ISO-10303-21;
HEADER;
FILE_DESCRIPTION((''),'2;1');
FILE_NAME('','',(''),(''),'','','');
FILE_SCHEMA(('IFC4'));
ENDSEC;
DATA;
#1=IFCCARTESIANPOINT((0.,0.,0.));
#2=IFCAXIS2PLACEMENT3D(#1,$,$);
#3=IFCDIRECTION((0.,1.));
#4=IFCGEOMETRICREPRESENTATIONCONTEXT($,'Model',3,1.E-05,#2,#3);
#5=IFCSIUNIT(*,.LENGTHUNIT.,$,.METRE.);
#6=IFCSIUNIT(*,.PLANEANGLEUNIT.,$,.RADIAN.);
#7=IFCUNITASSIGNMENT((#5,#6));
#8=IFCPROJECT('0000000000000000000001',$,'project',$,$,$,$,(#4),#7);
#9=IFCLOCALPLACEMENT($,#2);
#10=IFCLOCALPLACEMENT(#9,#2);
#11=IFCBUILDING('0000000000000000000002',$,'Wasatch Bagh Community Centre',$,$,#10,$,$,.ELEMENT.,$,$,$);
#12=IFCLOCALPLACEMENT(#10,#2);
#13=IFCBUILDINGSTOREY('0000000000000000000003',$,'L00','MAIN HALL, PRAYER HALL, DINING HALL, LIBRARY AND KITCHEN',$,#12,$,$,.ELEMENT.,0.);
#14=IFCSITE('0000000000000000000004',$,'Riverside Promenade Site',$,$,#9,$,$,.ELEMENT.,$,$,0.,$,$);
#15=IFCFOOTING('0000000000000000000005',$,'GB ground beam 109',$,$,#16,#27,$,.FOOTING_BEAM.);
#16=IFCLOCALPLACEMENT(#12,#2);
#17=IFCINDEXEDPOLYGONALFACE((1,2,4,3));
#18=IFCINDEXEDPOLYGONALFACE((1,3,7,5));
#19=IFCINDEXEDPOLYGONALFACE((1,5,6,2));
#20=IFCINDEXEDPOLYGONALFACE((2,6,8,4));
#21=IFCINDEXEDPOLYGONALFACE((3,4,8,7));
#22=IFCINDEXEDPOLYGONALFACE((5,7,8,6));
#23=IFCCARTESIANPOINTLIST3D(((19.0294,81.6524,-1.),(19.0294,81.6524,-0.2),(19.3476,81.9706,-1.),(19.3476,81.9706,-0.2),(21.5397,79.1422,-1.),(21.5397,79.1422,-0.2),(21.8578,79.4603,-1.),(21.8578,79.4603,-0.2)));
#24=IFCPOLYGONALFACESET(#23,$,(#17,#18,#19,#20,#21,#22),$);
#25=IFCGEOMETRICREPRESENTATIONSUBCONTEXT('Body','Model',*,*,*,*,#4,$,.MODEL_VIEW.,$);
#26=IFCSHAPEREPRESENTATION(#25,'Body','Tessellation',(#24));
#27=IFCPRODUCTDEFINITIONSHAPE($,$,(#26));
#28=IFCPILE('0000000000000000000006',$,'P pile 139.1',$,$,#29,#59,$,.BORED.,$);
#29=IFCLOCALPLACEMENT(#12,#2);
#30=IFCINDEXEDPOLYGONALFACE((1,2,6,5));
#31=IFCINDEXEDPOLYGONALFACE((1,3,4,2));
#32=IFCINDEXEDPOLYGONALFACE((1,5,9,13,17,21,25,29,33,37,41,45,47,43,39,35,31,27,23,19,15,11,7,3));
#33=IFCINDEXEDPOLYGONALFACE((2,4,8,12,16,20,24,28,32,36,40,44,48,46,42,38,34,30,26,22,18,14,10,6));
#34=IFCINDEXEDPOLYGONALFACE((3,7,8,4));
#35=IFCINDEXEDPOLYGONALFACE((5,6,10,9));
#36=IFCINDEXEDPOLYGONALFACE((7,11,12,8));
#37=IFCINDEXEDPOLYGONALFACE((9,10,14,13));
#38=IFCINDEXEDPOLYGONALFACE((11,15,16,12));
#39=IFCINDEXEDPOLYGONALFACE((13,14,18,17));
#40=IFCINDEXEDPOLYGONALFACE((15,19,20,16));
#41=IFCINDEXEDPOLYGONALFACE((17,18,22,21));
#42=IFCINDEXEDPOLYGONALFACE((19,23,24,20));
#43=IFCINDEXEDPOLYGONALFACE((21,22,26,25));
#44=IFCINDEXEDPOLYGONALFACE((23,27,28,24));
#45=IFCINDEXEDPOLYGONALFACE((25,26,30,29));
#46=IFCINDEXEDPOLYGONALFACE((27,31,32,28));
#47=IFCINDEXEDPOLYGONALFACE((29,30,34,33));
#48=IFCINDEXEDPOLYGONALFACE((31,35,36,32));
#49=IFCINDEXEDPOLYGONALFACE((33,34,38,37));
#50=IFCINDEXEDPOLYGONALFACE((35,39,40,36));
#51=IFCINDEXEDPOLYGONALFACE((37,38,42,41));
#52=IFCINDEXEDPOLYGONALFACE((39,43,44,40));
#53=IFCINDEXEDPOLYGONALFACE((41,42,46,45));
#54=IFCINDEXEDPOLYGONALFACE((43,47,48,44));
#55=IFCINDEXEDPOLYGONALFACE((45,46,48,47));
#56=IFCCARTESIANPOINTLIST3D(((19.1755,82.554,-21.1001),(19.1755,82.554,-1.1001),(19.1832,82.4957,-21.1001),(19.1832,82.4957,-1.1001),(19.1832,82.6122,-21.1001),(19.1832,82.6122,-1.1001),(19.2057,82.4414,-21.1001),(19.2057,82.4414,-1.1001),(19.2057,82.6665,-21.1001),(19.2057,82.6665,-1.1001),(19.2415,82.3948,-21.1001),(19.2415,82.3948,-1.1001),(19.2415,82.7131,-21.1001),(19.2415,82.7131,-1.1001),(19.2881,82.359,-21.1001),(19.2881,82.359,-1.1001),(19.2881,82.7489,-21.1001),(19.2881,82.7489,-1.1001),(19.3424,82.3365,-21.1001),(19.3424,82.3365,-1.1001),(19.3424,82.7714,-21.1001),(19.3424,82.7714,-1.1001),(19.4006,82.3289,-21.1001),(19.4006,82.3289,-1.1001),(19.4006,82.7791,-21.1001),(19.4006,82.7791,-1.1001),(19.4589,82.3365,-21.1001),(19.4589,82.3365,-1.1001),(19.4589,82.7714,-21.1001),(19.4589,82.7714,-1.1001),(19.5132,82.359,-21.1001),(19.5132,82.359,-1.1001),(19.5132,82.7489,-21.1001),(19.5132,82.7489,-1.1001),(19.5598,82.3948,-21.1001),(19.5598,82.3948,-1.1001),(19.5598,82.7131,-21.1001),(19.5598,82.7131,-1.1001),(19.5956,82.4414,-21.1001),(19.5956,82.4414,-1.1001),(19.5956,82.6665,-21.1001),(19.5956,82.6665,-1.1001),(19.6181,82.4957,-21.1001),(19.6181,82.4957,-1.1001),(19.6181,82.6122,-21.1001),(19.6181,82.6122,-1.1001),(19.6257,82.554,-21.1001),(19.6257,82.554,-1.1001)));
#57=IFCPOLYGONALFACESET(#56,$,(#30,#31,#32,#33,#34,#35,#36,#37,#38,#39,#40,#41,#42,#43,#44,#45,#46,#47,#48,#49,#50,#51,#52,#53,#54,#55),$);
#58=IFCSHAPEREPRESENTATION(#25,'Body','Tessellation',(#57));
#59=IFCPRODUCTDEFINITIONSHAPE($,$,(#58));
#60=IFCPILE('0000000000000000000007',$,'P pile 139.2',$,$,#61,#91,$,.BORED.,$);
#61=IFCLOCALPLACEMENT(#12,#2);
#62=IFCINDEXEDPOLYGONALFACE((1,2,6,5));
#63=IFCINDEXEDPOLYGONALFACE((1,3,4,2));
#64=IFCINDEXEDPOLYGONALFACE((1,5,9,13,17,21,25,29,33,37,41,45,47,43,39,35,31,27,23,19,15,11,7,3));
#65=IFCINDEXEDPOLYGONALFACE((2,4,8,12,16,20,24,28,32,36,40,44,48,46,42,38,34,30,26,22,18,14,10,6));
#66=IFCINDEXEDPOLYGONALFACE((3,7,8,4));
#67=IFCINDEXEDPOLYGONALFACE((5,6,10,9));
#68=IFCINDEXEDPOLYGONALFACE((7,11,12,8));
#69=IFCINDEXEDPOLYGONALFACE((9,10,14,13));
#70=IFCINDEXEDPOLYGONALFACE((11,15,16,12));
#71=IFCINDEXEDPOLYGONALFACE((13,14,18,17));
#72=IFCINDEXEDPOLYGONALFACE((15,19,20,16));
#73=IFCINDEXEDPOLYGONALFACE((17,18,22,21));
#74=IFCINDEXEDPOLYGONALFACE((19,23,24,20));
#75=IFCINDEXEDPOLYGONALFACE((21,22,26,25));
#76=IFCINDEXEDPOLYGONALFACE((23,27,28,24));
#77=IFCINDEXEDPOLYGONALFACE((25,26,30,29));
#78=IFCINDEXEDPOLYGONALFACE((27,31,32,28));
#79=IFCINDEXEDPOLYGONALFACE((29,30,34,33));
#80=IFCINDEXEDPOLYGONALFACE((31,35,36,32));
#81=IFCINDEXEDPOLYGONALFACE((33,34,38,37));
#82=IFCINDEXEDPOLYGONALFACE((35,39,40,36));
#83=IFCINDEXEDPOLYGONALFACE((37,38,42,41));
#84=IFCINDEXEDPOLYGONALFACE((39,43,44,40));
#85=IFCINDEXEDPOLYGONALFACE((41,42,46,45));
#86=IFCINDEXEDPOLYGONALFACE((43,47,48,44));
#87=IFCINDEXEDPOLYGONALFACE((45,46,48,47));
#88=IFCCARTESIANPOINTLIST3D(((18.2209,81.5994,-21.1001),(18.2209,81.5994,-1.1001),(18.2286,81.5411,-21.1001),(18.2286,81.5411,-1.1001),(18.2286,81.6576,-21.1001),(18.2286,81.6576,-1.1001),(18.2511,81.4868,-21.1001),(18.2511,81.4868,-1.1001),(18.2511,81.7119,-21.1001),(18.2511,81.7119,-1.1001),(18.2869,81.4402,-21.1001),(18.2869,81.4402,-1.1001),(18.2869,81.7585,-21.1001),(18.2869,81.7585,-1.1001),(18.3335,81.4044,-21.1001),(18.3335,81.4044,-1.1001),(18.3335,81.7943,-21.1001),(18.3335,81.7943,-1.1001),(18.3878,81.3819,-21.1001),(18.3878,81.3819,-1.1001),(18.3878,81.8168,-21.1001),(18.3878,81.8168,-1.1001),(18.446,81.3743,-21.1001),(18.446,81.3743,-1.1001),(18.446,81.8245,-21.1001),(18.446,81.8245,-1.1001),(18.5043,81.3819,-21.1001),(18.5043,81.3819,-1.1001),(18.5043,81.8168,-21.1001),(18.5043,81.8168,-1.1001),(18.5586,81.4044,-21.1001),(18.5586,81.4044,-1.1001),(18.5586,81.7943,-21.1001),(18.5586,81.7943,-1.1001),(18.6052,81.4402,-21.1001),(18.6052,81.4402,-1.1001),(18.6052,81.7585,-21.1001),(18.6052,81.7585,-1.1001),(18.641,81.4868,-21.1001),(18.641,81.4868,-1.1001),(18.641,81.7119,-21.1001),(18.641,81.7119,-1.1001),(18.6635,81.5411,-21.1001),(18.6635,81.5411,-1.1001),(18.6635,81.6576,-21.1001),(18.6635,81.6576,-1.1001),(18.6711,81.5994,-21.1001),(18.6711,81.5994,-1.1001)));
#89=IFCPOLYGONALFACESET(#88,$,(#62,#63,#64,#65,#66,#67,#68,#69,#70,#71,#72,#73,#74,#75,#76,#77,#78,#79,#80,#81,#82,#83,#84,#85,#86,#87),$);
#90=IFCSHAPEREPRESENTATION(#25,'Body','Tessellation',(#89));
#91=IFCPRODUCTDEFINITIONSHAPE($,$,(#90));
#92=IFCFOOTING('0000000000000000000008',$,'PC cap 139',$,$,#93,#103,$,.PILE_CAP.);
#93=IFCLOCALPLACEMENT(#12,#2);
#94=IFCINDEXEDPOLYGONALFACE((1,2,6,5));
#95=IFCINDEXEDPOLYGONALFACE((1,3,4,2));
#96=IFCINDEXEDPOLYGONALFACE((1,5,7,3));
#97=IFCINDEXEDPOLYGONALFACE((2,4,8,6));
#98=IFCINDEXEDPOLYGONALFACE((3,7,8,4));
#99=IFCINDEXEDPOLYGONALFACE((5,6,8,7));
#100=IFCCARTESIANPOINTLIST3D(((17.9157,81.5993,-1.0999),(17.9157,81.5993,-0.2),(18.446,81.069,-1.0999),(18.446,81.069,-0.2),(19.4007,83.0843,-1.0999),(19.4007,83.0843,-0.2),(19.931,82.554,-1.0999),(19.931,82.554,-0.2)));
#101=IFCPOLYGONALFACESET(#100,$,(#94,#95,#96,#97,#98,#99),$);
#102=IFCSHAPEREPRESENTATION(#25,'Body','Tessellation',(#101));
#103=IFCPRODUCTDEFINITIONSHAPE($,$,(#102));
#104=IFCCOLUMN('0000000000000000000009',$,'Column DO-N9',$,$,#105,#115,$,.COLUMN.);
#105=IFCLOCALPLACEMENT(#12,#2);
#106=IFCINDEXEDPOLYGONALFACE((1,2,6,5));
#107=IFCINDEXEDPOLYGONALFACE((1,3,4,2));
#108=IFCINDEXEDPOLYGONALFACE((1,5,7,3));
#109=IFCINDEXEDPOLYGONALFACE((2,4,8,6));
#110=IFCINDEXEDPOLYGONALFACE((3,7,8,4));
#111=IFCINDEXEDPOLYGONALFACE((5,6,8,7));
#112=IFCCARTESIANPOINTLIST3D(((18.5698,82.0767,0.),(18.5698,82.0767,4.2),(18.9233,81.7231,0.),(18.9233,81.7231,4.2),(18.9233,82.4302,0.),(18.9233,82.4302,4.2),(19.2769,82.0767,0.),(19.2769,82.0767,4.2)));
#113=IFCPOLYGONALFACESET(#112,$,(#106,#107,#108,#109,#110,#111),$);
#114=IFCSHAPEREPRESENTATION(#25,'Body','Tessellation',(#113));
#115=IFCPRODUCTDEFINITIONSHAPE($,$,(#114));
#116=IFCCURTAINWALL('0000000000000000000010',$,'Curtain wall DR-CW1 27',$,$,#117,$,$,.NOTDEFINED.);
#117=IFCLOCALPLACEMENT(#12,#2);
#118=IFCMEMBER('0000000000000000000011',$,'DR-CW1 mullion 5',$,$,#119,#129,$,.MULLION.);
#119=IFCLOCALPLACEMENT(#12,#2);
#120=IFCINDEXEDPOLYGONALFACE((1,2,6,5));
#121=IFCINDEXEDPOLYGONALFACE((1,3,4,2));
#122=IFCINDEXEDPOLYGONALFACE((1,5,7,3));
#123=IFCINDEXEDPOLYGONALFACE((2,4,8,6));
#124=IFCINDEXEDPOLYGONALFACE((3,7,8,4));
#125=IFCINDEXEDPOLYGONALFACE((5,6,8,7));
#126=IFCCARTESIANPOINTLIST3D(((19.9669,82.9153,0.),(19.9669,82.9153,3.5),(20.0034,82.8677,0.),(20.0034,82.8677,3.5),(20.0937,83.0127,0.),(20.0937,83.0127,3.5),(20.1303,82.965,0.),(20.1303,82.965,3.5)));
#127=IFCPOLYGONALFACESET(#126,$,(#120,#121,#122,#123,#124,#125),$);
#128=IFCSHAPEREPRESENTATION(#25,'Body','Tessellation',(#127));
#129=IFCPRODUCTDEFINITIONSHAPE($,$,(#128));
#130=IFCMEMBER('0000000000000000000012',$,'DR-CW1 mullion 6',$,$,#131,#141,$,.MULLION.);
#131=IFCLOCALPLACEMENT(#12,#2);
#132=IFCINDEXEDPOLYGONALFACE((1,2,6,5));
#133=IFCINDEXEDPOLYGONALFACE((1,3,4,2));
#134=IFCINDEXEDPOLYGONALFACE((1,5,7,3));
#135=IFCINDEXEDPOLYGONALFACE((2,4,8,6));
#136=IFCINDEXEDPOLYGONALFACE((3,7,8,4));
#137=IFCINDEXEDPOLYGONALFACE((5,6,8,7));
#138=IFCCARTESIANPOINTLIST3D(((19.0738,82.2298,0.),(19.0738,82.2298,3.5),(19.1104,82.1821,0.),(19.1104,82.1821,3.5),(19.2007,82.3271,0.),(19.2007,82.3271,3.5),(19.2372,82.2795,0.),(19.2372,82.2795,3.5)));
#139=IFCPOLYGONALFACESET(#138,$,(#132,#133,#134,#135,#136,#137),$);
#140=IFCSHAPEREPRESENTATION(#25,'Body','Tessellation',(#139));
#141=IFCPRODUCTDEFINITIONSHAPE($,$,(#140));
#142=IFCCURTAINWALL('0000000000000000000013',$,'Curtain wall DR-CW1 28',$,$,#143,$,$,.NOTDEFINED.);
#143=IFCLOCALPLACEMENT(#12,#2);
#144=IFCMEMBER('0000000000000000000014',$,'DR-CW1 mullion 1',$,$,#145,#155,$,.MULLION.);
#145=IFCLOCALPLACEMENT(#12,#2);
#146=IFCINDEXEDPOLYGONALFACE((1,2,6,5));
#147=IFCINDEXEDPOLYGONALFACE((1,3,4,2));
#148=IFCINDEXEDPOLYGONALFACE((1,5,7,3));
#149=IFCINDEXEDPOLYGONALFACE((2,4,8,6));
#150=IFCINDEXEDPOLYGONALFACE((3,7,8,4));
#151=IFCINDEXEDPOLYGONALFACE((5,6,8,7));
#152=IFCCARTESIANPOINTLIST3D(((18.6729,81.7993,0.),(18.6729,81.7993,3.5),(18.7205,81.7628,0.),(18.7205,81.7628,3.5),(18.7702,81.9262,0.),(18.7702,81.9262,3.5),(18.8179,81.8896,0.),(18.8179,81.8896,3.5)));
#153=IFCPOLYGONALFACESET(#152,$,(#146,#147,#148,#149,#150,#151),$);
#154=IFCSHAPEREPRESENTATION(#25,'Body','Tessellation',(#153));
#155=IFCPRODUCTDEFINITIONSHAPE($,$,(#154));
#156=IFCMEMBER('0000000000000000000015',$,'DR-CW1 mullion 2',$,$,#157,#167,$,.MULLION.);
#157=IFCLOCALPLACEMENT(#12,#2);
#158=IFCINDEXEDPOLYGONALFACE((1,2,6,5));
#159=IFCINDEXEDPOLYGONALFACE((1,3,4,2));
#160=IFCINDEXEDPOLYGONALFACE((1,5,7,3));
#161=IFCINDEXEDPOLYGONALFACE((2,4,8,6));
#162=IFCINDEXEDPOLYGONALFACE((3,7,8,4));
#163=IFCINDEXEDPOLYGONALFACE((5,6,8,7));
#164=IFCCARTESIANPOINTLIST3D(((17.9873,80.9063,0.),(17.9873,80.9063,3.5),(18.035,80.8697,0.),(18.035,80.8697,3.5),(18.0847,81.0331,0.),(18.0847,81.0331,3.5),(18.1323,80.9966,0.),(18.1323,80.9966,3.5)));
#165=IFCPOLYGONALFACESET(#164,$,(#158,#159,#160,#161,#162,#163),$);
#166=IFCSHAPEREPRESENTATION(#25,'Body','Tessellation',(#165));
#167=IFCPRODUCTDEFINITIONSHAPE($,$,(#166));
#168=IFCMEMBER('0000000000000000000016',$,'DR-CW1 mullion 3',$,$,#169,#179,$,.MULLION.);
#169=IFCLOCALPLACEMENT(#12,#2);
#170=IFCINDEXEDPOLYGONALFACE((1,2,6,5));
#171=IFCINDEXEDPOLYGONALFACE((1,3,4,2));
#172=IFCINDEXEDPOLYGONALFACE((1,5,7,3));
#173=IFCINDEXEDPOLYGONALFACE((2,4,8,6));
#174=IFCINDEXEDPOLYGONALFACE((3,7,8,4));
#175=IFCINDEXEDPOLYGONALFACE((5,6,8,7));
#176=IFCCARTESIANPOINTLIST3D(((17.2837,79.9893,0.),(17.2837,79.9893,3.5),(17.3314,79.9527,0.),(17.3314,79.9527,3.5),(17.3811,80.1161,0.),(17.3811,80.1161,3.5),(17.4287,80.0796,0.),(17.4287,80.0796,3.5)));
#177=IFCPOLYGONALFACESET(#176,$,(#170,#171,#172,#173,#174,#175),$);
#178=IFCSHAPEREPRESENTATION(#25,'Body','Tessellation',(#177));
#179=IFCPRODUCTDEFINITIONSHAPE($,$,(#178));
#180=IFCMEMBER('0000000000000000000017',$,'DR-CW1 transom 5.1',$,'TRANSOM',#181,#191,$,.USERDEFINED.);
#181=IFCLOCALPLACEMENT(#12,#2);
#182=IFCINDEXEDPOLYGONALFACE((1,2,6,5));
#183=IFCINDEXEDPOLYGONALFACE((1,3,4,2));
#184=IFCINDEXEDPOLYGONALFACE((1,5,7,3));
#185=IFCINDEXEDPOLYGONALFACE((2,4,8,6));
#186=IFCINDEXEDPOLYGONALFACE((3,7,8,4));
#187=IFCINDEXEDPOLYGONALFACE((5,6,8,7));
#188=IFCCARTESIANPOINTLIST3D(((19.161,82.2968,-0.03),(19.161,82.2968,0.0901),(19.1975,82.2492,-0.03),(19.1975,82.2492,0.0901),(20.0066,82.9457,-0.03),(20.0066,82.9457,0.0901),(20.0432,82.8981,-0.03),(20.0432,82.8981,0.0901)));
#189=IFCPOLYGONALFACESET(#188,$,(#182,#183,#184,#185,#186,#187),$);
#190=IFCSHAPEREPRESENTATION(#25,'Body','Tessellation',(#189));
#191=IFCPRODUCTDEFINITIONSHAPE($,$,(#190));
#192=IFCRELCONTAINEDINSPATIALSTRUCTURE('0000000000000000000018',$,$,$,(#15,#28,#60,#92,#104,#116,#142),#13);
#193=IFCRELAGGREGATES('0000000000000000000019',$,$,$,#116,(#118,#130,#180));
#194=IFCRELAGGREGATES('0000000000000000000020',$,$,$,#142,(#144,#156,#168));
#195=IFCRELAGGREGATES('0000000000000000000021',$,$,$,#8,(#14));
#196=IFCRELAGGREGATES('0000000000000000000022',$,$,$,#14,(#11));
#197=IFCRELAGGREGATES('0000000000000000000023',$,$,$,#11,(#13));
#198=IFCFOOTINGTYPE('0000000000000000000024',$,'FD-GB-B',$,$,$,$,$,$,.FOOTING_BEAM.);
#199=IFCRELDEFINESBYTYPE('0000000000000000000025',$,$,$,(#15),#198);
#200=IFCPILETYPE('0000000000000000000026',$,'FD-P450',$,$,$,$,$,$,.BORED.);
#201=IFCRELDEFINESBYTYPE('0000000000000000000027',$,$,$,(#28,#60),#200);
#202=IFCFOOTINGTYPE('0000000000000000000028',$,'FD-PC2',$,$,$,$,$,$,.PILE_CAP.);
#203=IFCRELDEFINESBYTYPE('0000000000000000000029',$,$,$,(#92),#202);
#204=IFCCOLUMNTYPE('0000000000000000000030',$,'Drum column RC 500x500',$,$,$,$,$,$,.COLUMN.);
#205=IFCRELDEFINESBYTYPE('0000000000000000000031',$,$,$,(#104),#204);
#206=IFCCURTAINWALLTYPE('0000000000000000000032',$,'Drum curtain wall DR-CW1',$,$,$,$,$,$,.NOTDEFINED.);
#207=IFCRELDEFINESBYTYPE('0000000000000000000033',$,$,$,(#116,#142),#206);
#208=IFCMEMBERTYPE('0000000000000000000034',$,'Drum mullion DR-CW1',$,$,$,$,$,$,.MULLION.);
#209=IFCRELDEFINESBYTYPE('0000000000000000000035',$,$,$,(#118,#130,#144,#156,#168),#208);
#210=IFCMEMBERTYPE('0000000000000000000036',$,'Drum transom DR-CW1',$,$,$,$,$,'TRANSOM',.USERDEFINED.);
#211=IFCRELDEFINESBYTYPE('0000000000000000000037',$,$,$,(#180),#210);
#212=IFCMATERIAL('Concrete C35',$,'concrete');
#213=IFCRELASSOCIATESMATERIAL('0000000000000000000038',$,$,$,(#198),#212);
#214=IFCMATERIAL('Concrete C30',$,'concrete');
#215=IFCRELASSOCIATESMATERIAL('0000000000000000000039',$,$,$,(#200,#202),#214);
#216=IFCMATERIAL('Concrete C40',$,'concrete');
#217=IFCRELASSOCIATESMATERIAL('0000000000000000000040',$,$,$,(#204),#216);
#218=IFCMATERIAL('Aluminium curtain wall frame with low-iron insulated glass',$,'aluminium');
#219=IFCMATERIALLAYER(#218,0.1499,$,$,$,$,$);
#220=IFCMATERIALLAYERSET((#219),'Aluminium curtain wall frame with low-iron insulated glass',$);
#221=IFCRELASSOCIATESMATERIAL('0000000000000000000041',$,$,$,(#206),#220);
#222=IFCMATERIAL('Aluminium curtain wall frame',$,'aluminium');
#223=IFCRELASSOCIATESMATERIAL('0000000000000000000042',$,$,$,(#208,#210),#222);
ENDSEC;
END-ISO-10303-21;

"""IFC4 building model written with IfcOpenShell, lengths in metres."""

from ifc_helpers import new_model, si_unit, direction, frame, origin, origin_2d, place, context, subcontext, project, spatial, rectangle, circle, extrude, material, layer, layer_set, material_profile, profile_set, type_object, element, aggregate, save


model = new_model("IFC4")

# Units and contexts
model_context = context("Model", 3, precision=1e-05, world=origin(), true_north=direction((0.0, 1.0)))
body_context = subcontext(model_context, "Body", "Model", "MODEL_VIEW")
ifc_project = project(units=[si_unit("LENGTHUNIT", "METRE"), si_unit("PLANEANGLEUNIT", "RADIAN")], contexts=[model_context])

# Site, building, storey
site_placement = place(None, origin())
site = spatial("IfcSite", under=ifc_project, at=site_placement, Name="Riverside Promenade Site", CompositionType="ELEMENT", RefElevation=0.0)
building_placement = place(site_placement, origin())
building = spatial("IfcBuilding", under=site, at=building_placement, Name="Wasatch Bagh Community Centre", CompositionType="ELEMENT")
storey_placement = place(building_placement, origin())
storey = spatial("IfcBuildingStorey", under=building, at=storey_placement, Name="L00", Description="MAIN HALL, PRAYER HALL, DINING HALL, LIBRARY AND KITCHEN", CompositionType="ELEMENT", Elevation=0.0)

# Footing
ifc_material_1 = material(Name="Concrete C35", Category="concrete")
footing_type_1 = type_object("IfcFootingType", Name="FD-GB-B", PredefinedType="FOOTING_BEAM", material=ifc_material_1)
footing_1_placement = place(storey_placement, frame((20.4436, 80.5564, -1.0), z_axis=(0.0, 0.0, 1.0), x_axis=(-0.707107, 0.707107, 0.0)))
element("IfcFooting", 1, at=footing_1_placement, inside=storey, type_object=footing_type_1, Name="GB ground beam 109", PredefinedType="FOOTING_BEAM", context=body_context, shape_type="SweptSolid", body=[
    extrude(rectangle(XDim=3.55, YDim=0.45, at=origin_2d()), origin(), (0.0, 0.0, 1.0), 0.8),
])

# Piles
ifc_material_2 = material(Name="Concrete C30", Category="concrete")
ifc_material_profile_1 = material_profile(ifc_material_2, circle(Radius=0.2251, at=origin_2d()), Name="RC D450")
ifc_profile_set_1 = profile_set([ifc_material_profile_1], Name="Concrete C30")
pile_type = type_object("IfcPileType", Name="FD-P450", PredefinedType="BORED", material=ifc_profile_set_1)
for number, where, z_axis, x_axis, name in (
    (2, (19.4006, 82.554, -1.1001), (0.0, 0.0, -1.0), (1.0, 0.0, 0.0), "P pile 139.1"),
    (3, (18.446, 81.5994, -1.1001), (0.0, 0.0, -1.0), (1.0, 0.0, 0.0), "P pile 139.2"),
):
    element("IfcPile", number, at=place(storey_placement, frame(where, z_axis=z_axis, x_axis=x_axis)), inside=storey, type_object=pile_type, Name=name, PredefinedType="BORED", context=body_context, shape_type="SweptSolid", body=[
        extrude(circle(Radius=0.2251, at=origin_2d()), origin(), (0.0, 0.0, 1.0), 20.0),
    ])

# Footing
footing_type_2 = type_object("IfcFootingType", Name="FD-PC2", PredefinedType="PILE_CAP", material=ifc_material_2)
footing_2_placement = place(storey_placement, frame((18.9233, 82.0767, -1.0999), z_axis=(0.0, 0.0, 1.0), x_axis=(-0.707107, -0.707107, 0.0)))
element("IfcFooting", 4, at=footing_2_placement, inside=storey, type_object=footing_type_2, Name="PC cap 139", PredefinedType="PILE_CAP", context=body_context, shape_type="SweptSolid", body=[
    extrude(rectangle(XDim=2.1001, YDim=0.75, at=origin_2d()), origin(), (0.0, 0.0, 1.0), 0.8999),
])

# Column
ifc_material_3 = material(Name="Concrete C40", Category="concrete")
ifc_material_profile_2 = material_profile(ifc_material_3, rectangle(XDim=0.5, YDim=0.5, at=origin_2d()), Name="RC 500x500")
ifc_profile_set_2 = profile_set([ifc_material_profile_2], Name="Concrete C40")
column_type = type_object("IfcColumnType", Name="Drum column RC 500x500", PredefinedType="COLUMN", material=ifc_profile_set_2)
column_placement = place(storey_placement, frame((18.9233, 82.0767, 0.0), z_axis=(0.0, 0.0, 1.0), x_axis=(0.707107, 0.707107, 0.0)))
element("IfcColumn", 5, at=column_placement, inside=storey, type_object=column_type, Name="Column DO-N9", PredefinedType="COLUMN", context=body_context, shape_type="SweptSolid", body=[
    extrude(rectangle(XDim=0.5, YDim=0.5, at=origin_2d()), origin(), (0.0, 0.0, 1.0), 4.2),
])

# Curtain walls, members
ifc_material_4 = material(Name="Aluminium curtain wall frame with low-iron insulated glass", Category="aluminium")
ifc_layer_1 = layer(ifc_material_4, 0.1499)
ifc_layer_set_1 = layer_set([ifc_layer_1], Name="Aluminium curtain wall frame with low-iron insulated glass")
curtain_wall_type = type_object("IfcCurtainWallType", Name="Drum curtain wall DR-CW1", PredefinedType="NOTDEFINED", material=ifc_layer_set_1)
curtain_wall_1_placement = place(storey_placement, origin())
curtain_wall_1 = element("IfcCurtainWall", 6, at=curtain_wall_1_placement, inside=storey, type_object=curtain_wall_type, Name="Curtain wall DR-CW1 27", PredefinedType="NOTDEFINED")
ifc_material_5 = material(Name="Aluminium curtain wall frame", Category="aluminium")
ifc_material_profile_3 = material_profile(ifc_material_5, rectangle(XDim=0.0601, YDim=0.1599, at=origin_2d()), Name="Drum mullion DR-CW1")
ifc_profile_set_3 = profile_set([ifc_material_profile_3], Name="Aluminium curtain wall frame")
member_type_1 = type_object("IfcMemberType", Name="Drum mullion DR-CW1", PredefinedType="MULLION", material=ifc_profile_set_3)
member_1_placement = place(storey_placement, frame((20.0486, 82.9402, 0.0), z_axis=(0.0, 0.0, 1.0), x_axis=(0.608761, -0.793353, 0.0)))
member_1 = element("IfcMember", 7, at=member_1_placement, type_object=member_type_1, Name="DR-CW1 mullion 5", PredefinedType="MULLION", context=body_context, shape_type="SweptSolid", body=[
    extrude(rectangle(XDim=0.0601, YDim=0.1599, at=origin_2d()), origin(), (0.0, 0.0, 1.0), 3.5),
])
member_2_placement = place(storey_placement, frame((19.1555, 82.2546, 0.0), z_axis=(0.0, 0.0, 1.0), x_axis=(0.608761, -0.793353, 0.0)))
member_2 = element("IfcMember", 8, at=member_2_placement, type_object=member_type_1, Name="DR-CW1 mullion 6", PredefinedType="MULLION", context=body_context, shape_type="SweptSolid", body=[
    extrude(rectangle(XDim=0.0601, YDim=0.1599, at=origin_2d()), origin(), (0.0, 0.0, 1.0), 3.5),
])
curtain_wall_2_placement = place(storey_placement, origin())
curtain_wall_2 = element("IfcCurtainWall", 9, at=curtain_wall_2_placement, inside=storey, type_object=curtain_wall_type, Name="Curtain wall DR-CW1 28", PredefinedType="NOTDEFINED")
member_3_placement = place(storey_placement, frame((18.7454, 81.8445, 0.0), z_axis=(0.0, 0.0, 1.0), x_axis=(0.793353, -0.608761, 0.0)))
member_3 = element("IfcMember", 10, at=member_3_placement, type_object=member_type_1, Name="DR-CW1 mullion 1", PredefinedType="MULLION", context=body_context, shape_type="SweptSolid", body=[
    extrude(rectangle(XDim=0.0601, YDim=0.1599, at=origin_2d()), origin(), (0.0, 0.0, 1.0), 3.5),
])
member_4_placement = place(storey_placement, frame((18.0598, 80.9514, 0.0), z_axis=(0.0, 0.0, 1.0), x_axis=(0.793353, -0.608761, 0.0)))
member_4 = element("IfcMember", 11, at=member_4_placement, type_object=member_type_1, Name="DR-CW1 mullion 2", PredefinedType="MULLION", context=body_context, shape_type="SweptSolid", body=[
    extrude(rectangle(XDim=0.0601, YDim=0.1599, at=origin_2d()), origin(), (0.0, 0.0, 1.0), 3.5),
])
member_5_placement = place(storey_placement, frame((17.3562, 80.0344, 0.0), z_axis=(0.0, 0.0, 1.0), x_axis=(0.793353, -0.608761, 0.0)))
member_5 = element("IfcMember", 12, at=member_5_placement, type_object=member_type_1, Name="DR-CW1 mullion 3", PredefinedType="MULLION", context=body_context, shape_type="SweptSolid", body=[
    extrude(rectangle(XDim=0.0601, YDim=0.1599, at=origin_2d()), origin(), (0.0, 0.0, 1.0), 3.5),
])

# Member
ifc_material_profile_4 = material_profile(ifc_material_5, rectangle(XDim=0.0601, YDim=0.1201, at=origin_2d()), Name="Drum transom DR-CW1")
ifc_profile_set_4 = profile_set([ifc_material_profile_4], Name="Aluminium curtain wall frame")
member_type_2 = type_object("IfcMemberType", Name="Drum transom DR-CW1", ElementType="TRANSOM", PredefinedType="USERDEFINED", material=ifc_profile_set_4)
member_6_placement = place(storey_placement, frame((20.0249, 82.9219, 0.03), z_axis=(-0.793356, -0.608758, 0.0), x_axis=(0.608758, -0.793356, 0.0)))
member_6 = element("IfcMember", 13, at=member_6_placement, type_object=member_type_2, Name="DR-CW1 transom 5.1", ObjectType="TRANSOM", PredefinedType="USERDEFINED", context=body_context, shape_type="SweptSolid", body=[
    extrude(rectangle(XDim=0.0601, YDim=0.1201, at=origin_2d()), origin(), (0.0, 0.0, 1.0), 1.0659),
])

aggregate(curtain_wall_1, [member_1, member_2, member_6])
aggregate(curtain_wall_2, [member_3, member_4, member_5])

save(model, "model.ifc")
